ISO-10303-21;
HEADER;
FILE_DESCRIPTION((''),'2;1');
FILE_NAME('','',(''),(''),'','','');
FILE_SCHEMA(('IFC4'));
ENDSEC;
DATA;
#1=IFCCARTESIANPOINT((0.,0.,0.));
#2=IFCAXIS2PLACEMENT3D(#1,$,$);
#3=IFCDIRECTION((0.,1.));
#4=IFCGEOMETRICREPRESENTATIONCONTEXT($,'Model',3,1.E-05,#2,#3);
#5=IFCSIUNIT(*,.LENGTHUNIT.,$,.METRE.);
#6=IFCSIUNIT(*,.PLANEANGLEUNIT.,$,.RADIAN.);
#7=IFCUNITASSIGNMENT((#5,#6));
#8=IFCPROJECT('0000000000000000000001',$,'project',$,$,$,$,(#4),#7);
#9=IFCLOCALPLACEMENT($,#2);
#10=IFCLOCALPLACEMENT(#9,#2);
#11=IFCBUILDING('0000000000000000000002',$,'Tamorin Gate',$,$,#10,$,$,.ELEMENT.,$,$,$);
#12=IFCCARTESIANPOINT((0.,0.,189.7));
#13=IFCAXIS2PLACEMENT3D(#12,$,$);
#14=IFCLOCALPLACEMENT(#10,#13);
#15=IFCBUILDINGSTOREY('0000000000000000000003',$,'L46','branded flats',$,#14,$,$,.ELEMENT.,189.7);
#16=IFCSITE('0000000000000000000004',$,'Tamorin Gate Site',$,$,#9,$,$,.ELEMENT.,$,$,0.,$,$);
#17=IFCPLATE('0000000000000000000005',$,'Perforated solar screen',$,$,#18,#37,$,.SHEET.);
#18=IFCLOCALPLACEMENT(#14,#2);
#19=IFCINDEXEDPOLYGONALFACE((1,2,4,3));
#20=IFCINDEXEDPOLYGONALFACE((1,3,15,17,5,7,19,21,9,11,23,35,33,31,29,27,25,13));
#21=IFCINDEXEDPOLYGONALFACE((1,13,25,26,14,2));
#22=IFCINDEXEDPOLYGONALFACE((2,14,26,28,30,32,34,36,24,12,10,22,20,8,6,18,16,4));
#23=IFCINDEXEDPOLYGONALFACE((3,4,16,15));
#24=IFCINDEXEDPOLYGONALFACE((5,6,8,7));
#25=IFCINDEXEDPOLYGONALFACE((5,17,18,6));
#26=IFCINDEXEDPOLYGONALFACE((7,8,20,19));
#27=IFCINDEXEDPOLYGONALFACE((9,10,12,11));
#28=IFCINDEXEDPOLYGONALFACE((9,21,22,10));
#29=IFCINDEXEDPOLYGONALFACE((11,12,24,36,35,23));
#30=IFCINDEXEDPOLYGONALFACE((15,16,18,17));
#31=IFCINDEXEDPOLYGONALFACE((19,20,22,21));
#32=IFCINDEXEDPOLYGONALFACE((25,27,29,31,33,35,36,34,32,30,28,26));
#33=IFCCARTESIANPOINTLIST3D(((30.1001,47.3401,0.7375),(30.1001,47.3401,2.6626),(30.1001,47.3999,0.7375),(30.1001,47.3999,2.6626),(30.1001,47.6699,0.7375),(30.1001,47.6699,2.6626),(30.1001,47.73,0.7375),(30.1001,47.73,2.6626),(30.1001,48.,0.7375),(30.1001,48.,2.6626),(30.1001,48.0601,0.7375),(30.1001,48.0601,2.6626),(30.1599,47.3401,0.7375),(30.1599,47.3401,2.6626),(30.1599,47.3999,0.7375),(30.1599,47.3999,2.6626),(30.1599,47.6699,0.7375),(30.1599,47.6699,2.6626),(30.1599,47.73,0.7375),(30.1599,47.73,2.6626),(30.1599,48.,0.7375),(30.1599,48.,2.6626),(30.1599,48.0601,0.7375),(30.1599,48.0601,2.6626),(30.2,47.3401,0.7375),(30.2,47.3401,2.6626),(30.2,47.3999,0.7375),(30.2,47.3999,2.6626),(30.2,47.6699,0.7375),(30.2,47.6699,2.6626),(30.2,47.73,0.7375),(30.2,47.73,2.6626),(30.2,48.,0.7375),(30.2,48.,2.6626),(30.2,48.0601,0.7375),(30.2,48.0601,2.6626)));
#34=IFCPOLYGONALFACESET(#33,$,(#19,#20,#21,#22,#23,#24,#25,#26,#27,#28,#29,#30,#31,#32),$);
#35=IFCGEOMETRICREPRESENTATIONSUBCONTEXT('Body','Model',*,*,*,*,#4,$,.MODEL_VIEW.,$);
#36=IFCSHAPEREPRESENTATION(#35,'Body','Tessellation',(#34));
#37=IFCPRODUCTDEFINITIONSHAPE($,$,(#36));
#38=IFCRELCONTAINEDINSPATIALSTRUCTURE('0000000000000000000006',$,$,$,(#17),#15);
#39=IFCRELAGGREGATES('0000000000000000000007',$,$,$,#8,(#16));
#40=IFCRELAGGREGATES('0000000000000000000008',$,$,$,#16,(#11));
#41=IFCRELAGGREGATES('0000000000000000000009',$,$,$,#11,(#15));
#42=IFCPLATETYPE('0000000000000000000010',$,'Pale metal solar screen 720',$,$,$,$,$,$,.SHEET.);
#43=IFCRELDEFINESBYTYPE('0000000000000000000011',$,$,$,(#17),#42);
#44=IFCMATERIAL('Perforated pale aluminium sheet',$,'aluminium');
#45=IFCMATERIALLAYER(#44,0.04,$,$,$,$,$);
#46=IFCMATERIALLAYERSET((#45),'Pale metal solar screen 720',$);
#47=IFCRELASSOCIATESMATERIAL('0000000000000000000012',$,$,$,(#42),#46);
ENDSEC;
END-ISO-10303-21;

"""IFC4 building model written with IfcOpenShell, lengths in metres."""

from ifc_helpers import new_model, si_unit, direction, frame, origin, place, context, subcontext, project, spatial, polyline, outline, extrude, material, layer, layer_set, type_object, element, save


model = new_model("IFC4")

# Units and contexts
model_context = context("Model", 3, precision=1e-05, world=origin(), true_north=direction((0.0, 1.0)))
body_context = subcontext(model_context, "Body", "Model", "MODEL_VIEW")
ifc_project = project(units=[si_unit("LENGTHUNIT", "METRE"), si_unit("PLANEANGLEUNIT", "RADIAN")], contexts=[model_context])

# Site, building, storey
site_placement = place(None, origin())
site = spatial("IfcSite", under=ifc_project, at=site_placement, Name="Tamorin Gate Site", CompositionType="ELEMENT", RefElevation=0.0)
building_placement = place(site_placement, origin())
building = spatial("IfcBuilding", under=site, at=building_placement, Name="Tamorin Gate", CompositionType="ELEMENT")
storey_placement = place(building_placement, frame((0.0, 0.0, 189.7)))
storey = spatial("IfcBuildingStorey", under=building, at=storey_placement, Name="L46", Description="branded flats", CompositionType="ELEMENT", Elevation=189.7)

# Plate
ifc_material_1 = material(Name="Perforated pale aluminium sheet", Category="aluminium")
ifc_layer_1 = layer(ifc_material_1, 0.04)
ifc_layer_set_1 = layer_set([ifc_layer_1], Name="Pale metal solar screen 720")
plate_type_1 = type_object("IfcPlateType", Name="Pale metal solar screen 720", PredefinedType="SHEET", material=ifc_layer_set_1)
plate_1_placement = place(storey_placement, frame((0.0, 0.0, 0.7375)))
element("IfcPlate", 1, at=plate_1_placement, inside=storey, type_object=plate_type_1, Name="Perforated solar screen", PredefinedType="SHEET", context=body_context, shape_type="SweptSolid", body=[
    extrude(outline(polyline([(30.1599, 48.0601), (30.2, 48.0601), (30.2, 48.0), (30.2, 47.73), (30.2, 47.6699), (30.2, 47.3999), (30.2, 47.3401), (30.1599, 47.3401), (30.1001, 47.3401), (30.1001, 47.3999), (30.1599, 47.3999), (30.1599, 47.6699), (30.1001, 47.6699), (30.1001, 47.73), (30.1599, 47.73), (30.1599, 48.0), (30.1001, 48.0), (30.1001, 48.0601), (30.1599, 48.0601)])), origin(), (0.0, 0.0, 1.0), 1.925),
])

save(model, "model.ifc")
